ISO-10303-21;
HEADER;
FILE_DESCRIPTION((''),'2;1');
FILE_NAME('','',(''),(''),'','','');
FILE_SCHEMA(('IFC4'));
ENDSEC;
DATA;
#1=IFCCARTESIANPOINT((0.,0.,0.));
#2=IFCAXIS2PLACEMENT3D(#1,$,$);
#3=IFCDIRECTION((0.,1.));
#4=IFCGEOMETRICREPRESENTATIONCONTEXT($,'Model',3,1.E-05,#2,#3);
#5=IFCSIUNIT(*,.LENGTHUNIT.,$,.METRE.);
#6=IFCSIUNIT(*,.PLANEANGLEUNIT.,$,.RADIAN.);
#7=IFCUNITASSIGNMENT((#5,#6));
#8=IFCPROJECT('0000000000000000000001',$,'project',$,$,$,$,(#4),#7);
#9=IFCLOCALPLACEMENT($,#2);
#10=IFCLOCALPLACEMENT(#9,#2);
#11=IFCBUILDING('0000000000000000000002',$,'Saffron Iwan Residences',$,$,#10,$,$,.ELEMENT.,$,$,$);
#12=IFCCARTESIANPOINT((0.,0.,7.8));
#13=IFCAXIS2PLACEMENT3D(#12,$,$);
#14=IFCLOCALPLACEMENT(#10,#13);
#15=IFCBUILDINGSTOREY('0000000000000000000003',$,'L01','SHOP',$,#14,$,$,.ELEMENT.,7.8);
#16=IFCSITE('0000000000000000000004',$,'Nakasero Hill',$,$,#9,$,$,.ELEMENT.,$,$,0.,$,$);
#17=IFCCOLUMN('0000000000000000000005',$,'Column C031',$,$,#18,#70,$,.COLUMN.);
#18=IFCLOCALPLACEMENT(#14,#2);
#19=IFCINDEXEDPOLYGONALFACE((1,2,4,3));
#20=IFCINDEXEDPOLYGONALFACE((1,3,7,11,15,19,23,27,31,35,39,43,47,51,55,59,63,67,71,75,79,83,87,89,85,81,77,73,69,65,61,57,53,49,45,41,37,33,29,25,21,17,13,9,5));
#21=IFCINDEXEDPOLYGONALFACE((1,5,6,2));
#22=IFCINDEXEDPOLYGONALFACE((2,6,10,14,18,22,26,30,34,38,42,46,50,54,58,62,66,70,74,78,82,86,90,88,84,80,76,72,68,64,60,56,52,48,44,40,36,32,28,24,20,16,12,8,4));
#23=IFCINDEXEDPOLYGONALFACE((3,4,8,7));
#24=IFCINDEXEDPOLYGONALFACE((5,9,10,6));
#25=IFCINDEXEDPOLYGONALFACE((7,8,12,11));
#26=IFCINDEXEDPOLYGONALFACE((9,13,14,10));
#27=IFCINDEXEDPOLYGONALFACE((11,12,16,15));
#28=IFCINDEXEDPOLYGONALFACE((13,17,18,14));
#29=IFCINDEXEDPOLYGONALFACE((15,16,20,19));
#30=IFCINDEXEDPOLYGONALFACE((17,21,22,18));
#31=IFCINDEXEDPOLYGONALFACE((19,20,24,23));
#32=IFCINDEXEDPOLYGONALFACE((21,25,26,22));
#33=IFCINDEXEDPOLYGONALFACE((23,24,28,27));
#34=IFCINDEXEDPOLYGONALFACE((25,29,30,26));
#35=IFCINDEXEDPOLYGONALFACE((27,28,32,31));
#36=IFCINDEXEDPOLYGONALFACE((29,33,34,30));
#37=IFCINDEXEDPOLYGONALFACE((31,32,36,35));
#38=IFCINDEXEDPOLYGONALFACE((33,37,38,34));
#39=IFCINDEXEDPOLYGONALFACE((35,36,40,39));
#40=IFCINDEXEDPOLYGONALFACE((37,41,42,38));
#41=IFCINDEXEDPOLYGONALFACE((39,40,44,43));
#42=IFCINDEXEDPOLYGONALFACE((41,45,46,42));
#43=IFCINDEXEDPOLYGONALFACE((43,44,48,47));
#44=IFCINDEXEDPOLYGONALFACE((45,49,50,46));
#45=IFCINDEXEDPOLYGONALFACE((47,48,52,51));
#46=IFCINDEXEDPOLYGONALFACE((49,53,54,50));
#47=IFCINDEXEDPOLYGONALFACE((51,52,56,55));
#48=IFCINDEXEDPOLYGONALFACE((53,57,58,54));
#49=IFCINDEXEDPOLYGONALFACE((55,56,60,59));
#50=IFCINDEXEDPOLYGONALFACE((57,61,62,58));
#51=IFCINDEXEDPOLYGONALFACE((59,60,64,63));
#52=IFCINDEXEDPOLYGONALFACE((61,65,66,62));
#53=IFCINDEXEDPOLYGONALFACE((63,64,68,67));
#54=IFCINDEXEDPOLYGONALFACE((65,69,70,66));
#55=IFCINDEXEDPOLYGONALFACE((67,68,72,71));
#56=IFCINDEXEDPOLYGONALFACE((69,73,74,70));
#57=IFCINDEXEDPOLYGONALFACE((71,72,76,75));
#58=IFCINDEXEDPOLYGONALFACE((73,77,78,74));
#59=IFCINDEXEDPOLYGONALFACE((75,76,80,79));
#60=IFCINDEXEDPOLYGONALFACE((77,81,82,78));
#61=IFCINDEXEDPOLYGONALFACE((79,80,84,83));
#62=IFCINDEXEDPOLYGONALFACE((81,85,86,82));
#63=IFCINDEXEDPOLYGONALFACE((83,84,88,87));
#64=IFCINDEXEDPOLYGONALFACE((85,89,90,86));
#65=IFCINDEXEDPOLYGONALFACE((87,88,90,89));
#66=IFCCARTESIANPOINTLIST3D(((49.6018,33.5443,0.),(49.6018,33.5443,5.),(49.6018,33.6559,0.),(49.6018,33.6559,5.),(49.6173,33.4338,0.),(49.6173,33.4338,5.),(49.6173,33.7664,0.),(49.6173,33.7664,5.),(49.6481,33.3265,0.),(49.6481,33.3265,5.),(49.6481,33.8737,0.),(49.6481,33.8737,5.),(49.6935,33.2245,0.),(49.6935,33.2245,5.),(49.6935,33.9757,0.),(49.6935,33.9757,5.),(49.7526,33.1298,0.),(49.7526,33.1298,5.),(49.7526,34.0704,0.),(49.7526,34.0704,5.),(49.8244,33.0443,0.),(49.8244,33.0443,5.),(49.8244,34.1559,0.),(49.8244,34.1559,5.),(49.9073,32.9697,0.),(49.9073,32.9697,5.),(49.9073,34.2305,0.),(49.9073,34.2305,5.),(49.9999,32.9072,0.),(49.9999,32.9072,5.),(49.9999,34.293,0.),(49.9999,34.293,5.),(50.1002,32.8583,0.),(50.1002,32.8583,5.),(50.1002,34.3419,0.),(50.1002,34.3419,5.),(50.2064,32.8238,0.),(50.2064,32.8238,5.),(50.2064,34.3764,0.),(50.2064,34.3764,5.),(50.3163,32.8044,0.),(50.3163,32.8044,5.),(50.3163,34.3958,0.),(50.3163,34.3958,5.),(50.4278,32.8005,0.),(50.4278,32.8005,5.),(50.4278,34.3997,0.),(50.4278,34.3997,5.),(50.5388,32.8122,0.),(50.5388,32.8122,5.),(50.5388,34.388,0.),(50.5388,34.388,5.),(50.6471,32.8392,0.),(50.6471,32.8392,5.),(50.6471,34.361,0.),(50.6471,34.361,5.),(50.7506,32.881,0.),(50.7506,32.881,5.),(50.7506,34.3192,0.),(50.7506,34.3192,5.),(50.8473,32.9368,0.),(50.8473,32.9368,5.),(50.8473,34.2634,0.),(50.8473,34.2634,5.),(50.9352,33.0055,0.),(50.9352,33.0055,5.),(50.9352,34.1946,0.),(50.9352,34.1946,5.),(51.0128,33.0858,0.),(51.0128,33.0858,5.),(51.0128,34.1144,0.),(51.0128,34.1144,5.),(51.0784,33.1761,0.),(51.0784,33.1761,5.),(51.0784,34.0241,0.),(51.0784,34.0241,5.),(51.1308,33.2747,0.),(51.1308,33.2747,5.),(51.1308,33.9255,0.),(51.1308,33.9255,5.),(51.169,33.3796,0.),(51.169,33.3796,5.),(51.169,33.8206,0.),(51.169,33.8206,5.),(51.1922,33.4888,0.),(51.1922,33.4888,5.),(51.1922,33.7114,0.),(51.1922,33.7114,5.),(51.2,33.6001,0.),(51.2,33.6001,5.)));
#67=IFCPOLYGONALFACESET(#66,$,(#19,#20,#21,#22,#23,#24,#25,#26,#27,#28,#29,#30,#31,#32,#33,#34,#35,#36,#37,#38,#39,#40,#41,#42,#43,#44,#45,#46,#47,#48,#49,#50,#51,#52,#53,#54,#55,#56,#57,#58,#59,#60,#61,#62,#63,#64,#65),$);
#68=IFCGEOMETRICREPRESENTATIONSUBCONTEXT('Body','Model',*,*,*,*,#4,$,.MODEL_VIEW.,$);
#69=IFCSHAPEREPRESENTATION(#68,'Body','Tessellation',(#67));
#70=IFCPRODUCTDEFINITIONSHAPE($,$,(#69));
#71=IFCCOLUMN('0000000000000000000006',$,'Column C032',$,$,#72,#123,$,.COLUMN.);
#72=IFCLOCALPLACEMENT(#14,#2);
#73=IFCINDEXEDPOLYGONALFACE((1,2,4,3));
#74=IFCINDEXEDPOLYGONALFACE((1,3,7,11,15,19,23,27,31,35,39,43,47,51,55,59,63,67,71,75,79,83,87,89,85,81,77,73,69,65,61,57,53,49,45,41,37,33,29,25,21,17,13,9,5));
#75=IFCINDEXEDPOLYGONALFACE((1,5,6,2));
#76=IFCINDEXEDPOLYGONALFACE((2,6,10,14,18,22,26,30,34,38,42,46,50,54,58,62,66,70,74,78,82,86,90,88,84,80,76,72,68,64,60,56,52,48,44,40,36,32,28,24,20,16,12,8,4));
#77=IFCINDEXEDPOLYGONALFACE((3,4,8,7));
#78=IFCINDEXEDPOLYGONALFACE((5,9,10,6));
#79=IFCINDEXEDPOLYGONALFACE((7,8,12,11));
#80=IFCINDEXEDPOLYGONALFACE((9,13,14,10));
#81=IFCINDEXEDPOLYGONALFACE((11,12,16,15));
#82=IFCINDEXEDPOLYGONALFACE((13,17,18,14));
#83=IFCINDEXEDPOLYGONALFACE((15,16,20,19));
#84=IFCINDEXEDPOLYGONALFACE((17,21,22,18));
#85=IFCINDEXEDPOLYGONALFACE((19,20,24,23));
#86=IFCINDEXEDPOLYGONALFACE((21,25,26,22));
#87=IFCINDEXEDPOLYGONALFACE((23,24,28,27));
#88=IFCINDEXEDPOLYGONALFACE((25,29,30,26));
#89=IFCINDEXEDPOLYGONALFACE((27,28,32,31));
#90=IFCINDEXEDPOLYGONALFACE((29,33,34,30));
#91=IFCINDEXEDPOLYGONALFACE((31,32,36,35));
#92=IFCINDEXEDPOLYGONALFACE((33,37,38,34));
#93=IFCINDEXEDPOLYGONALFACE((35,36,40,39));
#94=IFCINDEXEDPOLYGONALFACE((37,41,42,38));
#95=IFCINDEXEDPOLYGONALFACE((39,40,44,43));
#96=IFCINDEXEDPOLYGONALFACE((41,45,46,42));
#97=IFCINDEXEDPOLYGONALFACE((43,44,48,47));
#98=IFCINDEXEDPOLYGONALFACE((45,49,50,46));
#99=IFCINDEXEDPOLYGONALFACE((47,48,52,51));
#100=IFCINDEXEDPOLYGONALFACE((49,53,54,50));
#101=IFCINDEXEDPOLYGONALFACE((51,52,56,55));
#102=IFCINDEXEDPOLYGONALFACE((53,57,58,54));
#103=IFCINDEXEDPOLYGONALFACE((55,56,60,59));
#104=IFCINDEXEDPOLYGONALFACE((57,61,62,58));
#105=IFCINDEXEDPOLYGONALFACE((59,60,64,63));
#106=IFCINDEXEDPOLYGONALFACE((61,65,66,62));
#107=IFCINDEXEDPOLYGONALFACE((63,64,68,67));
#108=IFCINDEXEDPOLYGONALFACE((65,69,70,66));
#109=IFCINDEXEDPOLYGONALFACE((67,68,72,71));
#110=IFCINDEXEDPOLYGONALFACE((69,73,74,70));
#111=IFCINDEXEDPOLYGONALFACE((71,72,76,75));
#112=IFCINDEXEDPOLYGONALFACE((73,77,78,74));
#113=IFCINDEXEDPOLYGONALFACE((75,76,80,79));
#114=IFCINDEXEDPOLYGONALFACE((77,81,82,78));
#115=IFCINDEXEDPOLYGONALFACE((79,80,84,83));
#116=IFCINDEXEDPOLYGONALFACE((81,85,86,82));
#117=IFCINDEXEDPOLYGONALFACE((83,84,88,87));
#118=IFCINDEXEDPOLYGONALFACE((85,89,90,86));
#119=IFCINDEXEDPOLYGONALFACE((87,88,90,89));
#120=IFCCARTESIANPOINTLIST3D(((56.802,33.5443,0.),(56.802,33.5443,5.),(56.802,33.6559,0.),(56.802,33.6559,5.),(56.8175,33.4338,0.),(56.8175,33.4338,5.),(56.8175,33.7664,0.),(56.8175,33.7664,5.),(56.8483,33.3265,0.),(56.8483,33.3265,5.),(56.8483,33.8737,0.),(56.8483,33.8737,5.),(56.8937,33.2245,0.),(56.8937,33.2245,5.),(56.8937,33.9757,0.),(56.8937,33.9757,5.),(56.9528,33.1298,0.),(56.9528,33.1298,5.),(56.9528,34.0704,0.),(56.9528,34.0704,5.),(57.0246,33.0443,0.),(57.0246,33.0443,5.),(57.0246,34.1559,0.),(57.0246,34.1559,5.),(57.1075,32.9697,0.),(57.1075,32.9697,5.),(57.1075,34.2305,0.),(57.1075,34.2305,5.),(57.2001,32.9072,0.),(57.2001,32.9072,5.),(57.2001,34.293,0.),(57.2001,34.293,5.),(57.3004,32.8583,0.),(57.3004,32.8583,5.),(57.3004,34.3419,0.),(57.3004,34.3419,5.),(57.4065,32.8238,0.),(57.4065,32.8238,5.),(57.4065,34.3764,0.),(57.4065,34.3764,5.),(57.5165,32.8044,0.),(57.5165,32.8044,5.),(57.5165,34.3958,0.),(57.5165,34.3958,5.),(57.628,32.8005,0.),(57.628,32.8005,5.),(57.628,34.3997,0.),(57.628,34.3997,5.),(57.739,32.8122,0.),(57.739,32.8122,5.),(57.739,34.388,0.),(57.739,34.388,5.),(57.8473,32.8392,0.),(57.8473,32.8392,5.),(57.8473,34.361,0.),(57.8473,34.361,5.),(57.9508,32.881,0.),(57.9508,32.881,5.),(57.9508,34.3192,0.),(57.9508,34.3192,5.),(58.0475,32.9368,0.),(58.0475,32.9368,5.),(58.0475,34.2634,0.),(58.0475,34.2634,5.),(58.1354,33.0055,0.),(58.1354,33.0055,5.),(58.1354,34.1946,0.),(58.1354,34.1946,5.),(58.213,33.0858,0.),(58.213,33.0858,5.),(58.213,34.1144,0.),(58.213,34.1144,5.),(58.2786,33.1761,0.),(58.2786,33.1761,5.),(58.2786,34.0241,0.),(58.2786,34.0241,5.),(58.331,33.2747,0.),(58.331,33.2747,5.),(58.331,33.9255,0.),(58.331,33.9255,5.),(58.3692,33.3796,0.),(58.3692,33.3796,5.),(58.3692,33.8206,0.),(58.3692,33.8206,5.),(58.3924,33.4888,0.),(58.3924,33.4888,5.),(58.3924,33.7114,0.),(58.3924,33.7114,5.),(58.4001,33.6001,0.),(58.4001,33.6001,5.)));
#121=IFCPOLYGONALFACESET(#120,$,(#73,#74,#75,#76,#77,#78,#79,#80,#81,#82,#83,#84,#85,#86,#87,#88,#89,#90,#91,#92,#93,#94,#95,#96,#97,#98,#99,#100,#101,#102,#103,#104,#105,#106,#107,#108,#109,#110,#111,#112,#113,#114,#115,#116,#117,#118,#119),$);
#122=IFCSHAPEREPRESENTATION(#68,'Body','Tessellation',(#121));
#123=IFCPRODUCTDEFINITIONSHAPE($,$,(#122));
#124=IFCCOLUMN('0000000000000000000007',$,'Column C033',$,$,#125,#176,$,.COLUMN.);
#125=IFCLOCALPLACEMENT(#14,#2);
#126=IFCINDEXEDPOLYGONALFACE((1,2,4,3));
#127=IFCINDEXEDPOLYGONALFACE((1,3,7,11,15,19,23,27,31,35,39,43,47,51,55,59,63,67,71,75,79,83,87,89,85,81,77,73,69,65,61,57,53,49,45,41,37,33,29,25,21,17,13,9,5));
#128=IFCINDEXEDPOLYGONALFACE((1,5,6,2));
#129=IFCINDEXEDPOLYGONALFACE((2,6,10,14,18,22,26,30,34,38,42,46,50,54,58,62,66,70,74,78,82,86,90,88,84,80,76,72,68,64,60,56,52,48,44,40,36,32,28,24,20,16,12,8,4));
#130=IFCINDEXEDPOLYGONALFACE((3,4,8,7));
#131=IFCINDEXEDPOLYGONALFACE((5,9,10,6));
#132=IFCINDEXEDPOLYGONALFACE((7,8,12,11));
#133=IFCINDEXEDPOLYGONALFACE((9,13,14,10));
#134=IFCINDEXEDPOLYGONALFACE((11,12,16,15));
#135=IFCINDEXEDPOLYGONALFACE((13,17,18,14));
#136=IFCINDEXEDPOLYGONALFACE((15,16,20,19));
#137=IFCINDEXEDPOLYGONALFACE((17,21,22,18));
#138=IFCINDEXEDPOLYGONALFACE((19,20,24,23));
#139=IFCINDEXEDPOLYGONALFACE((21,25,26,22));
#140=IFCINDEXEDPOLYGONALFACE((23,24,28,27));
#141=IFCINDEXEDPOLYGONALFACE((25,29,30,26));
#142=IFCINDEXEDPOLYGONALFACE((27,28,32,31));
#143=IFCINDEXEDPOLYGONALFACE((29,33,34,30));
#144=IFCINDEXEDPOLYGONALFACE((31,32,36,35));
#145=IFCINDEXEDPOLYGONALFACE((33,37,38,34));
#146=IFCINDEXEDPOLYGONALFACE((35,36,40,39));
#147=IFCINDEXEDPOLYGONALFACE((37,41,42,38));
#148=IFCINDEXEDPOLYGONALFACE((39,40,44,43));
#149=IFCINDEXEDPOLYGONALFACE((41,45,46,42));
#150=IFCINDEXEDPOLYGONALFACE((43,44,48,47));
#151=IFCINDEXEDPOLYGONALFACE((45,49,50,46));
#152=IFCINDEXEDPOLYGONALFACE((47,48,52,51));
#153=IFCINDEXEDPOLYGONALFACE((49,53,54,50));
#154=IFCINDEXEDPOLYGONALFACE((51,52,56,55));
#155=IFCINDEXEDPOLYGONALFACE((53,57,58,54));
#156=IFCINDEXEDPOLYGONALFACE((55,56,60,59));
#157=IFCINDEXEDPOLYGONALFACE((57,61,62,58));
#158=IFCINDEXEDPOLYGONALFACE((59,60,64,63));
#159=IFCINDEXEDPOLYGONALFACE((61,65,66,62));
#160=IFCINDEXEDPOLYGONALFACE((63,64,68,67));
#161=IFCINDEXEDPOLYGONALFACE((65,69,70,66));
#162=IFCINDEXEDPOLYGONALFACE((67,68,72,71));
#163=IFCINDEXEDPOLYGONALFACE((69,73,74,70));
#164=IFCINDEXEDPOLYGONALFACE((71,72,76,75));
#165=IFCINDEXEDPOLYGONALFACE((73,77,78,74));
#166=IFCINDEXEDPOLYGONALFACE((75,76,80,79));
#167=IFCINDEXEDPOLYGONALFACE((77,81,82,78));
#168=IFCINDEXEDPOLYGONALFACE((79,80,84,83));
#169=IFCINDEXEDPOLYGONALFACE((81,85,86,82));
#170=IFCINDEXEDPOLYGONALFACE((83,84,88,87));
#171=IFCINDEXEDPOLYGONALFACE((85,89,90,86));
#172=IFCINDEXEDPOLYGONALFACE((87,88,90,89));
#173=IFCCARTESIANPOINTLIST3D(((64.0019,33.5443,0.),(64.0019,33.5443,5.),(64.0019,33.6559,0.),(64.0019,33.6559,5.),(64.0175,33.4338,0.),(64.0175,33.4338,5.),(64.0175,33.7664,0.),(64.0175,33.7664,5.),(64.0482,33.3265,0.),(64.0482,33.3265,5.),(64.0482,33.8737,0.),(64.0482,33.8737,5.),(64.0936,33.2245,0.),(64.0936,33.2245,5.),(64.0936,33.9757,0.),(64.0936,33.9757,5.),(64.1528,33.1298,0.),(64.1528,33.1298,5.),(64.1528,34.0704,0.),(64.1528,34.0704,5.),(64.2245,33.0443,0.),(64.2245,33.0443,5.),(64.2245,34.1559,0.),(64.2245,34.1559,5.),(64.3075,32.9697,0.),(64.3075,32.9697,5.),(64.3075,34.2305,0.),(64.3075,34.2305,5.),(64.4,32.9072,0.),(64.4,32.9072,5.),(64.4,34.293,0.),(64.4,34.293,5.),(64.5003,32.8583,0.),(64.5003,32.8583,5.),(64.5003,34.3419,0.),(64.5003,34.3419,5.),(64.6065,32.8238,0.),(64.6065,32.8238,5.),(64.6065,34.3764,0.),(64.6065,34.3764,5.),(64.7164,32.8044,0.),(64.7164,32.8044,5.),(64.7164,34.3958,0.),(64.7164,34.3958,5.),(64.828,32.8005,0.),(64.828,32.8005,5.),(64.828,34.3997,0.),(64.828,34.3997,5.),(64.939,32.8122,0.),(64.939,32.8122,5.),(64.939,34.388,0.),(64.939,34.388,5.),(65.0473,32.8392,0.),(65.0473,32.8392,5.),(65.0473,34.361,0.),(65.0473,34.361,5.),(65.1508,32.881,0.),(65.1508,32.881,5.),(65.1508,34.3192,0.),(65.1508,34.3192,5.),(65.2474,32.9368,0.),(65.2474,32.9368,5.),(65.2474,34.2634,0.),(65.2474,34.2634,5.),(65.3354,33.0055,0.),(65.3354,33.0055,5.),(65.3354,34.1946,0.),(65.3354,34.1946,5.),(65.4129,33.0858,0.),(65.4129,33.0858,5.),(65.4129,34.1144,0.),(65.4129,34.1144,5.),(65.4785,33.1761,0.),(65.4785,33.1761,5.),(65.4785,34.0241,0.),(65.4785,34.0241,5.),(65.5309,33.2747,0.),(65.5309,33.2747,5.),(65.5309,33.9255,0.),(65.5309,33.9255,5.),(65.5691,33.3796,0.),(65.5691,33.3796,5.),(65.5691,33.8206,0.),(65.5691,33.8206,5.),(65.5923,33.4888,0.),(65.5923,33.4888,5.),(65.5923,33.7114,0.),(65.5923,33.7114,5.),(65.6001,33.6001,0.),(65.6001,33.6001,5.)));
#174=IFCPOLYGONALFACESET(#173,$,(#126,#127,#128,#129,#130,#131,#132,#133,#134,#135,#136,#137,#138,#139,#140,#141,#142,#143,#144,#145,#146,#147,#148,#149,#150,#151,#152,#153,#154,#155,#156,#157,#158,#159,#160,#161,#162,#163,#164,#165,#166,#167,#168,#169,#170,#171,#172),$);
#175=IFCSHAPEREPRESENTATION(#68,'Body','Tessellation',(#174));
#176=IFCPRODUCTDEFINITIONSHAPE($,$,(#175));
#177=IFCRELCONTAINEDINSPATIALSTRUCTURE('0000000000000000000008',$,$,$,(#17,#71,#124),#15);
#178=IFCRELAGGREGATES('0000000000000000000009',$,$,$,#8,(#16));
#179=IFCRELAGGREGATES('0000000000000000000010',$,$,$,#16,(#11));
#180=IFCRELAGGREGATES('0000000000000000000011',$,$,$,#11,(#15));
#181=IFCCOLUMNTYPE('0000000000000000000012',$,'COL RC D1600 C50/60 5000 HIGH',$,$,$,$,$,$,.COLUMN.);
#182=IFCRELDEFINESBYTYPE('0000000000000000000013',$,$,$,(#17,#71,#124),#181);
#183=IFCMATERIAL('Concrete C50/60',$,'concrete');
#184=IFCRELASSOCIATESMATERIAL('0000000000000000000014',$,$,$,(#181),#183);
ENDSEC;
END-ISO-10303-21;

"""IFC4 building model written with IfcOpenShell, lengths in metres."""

from ifc_helpers import new_model, si_unit, direction, frame, origin, origin_2d, place, context, subcontext, project, spatial, circle, extrude, source, transform, mapped, material, material_profile, profile_set, type_object, element, save


model = new_model("IFC4")

# Units and contexts
model_context = context("Model", 3, precision=1e-05, world=origin(), true_north=direction((0.0, 1.0)))
body_context = subcontext(model_context, "Body", "Model", "MODEL_VIEW")
ifc_project = project(units=[si_unit("LENGTHUNIT", "METRE"), si_unit("PLANEANGLEUNIT", "RADIAN")], contexts=[model_context])

# Site, building, storey
site_placement = place(None, origin())
site = spatial("IfcSite", under=ifc_project, at=site_placement, Name="Nakasero Hill", CompositionType="ELEMENT", RefElevation=0.0)
building_placement = place(site_placement, origin())
building = spatial("IfcBuilding", under=site, at=building_placement, Name="Saffron Iwan Residences", CompositionType="ELEMENT")
storey_placement = place(building_placement, frame((0.0, 0.0, 7.8)))
storey = spatial("IfcBuildingStorey", under=building, at=storey_placement, Name="L01", Description="SHOP", CompositionType="ELEMENT", Elevation=7.8)

# Columns
ifc_material_1 = material(Name="Concrete C50/60", Category="concrete")
ifc_material_profile_1 = material_profile(ifc_material_1, circle(Radius=0.8, at=origin_2d()), Name="RC D1600")
ifc_profile_set_1 = profile_set([ifc_material_profile_1], Name="Concrete C50/60")
column_type = type_object("IfcColumnType", Name="COL RC D1600 C50/60 5000 HIGH", PredefinedType="COLUMN", material=ifc_profile_set_1)
shared_shape_1 = source(origin(), body_context, "Body", "SweptSolid", [
    extrude(circle(Radius=0.8, at=origin_2d()), origin(), (0.0, 0.0, 1.0), 5.0),
])
for number, where, z_axis, x_axis, name in (
    (1, (50.3999, 33.6001, 0.0), (0.0, 0.0, 1.0), (1.0, 0.0, 0.0), "Column C031"),
    (2, (57.6001, 33.6001, 0.0), (0.0, 0.0, 1.0), (1.0, 0.0, 0.0), "Column C032"),
    (3, (64.8, 33.6001, 0.0), (0.0, 0.0, 1.0), (1.0, 0.0, 0.0), "Column C033"),
):
    element("IfcColumn", number, at=place(storey_placement, frame(where, z_axis=z_axis, x_axis=x_axis)), inside=storey, type_object=column_type, Name=name, PredefinedType="COLUMN", context=body_context, shape_type="MappedRepresentation", body=[
        mapped(shared_shape_1, transform((0.0, 0.0, 0.0))),
    ])

save(model, "model.ifc")
